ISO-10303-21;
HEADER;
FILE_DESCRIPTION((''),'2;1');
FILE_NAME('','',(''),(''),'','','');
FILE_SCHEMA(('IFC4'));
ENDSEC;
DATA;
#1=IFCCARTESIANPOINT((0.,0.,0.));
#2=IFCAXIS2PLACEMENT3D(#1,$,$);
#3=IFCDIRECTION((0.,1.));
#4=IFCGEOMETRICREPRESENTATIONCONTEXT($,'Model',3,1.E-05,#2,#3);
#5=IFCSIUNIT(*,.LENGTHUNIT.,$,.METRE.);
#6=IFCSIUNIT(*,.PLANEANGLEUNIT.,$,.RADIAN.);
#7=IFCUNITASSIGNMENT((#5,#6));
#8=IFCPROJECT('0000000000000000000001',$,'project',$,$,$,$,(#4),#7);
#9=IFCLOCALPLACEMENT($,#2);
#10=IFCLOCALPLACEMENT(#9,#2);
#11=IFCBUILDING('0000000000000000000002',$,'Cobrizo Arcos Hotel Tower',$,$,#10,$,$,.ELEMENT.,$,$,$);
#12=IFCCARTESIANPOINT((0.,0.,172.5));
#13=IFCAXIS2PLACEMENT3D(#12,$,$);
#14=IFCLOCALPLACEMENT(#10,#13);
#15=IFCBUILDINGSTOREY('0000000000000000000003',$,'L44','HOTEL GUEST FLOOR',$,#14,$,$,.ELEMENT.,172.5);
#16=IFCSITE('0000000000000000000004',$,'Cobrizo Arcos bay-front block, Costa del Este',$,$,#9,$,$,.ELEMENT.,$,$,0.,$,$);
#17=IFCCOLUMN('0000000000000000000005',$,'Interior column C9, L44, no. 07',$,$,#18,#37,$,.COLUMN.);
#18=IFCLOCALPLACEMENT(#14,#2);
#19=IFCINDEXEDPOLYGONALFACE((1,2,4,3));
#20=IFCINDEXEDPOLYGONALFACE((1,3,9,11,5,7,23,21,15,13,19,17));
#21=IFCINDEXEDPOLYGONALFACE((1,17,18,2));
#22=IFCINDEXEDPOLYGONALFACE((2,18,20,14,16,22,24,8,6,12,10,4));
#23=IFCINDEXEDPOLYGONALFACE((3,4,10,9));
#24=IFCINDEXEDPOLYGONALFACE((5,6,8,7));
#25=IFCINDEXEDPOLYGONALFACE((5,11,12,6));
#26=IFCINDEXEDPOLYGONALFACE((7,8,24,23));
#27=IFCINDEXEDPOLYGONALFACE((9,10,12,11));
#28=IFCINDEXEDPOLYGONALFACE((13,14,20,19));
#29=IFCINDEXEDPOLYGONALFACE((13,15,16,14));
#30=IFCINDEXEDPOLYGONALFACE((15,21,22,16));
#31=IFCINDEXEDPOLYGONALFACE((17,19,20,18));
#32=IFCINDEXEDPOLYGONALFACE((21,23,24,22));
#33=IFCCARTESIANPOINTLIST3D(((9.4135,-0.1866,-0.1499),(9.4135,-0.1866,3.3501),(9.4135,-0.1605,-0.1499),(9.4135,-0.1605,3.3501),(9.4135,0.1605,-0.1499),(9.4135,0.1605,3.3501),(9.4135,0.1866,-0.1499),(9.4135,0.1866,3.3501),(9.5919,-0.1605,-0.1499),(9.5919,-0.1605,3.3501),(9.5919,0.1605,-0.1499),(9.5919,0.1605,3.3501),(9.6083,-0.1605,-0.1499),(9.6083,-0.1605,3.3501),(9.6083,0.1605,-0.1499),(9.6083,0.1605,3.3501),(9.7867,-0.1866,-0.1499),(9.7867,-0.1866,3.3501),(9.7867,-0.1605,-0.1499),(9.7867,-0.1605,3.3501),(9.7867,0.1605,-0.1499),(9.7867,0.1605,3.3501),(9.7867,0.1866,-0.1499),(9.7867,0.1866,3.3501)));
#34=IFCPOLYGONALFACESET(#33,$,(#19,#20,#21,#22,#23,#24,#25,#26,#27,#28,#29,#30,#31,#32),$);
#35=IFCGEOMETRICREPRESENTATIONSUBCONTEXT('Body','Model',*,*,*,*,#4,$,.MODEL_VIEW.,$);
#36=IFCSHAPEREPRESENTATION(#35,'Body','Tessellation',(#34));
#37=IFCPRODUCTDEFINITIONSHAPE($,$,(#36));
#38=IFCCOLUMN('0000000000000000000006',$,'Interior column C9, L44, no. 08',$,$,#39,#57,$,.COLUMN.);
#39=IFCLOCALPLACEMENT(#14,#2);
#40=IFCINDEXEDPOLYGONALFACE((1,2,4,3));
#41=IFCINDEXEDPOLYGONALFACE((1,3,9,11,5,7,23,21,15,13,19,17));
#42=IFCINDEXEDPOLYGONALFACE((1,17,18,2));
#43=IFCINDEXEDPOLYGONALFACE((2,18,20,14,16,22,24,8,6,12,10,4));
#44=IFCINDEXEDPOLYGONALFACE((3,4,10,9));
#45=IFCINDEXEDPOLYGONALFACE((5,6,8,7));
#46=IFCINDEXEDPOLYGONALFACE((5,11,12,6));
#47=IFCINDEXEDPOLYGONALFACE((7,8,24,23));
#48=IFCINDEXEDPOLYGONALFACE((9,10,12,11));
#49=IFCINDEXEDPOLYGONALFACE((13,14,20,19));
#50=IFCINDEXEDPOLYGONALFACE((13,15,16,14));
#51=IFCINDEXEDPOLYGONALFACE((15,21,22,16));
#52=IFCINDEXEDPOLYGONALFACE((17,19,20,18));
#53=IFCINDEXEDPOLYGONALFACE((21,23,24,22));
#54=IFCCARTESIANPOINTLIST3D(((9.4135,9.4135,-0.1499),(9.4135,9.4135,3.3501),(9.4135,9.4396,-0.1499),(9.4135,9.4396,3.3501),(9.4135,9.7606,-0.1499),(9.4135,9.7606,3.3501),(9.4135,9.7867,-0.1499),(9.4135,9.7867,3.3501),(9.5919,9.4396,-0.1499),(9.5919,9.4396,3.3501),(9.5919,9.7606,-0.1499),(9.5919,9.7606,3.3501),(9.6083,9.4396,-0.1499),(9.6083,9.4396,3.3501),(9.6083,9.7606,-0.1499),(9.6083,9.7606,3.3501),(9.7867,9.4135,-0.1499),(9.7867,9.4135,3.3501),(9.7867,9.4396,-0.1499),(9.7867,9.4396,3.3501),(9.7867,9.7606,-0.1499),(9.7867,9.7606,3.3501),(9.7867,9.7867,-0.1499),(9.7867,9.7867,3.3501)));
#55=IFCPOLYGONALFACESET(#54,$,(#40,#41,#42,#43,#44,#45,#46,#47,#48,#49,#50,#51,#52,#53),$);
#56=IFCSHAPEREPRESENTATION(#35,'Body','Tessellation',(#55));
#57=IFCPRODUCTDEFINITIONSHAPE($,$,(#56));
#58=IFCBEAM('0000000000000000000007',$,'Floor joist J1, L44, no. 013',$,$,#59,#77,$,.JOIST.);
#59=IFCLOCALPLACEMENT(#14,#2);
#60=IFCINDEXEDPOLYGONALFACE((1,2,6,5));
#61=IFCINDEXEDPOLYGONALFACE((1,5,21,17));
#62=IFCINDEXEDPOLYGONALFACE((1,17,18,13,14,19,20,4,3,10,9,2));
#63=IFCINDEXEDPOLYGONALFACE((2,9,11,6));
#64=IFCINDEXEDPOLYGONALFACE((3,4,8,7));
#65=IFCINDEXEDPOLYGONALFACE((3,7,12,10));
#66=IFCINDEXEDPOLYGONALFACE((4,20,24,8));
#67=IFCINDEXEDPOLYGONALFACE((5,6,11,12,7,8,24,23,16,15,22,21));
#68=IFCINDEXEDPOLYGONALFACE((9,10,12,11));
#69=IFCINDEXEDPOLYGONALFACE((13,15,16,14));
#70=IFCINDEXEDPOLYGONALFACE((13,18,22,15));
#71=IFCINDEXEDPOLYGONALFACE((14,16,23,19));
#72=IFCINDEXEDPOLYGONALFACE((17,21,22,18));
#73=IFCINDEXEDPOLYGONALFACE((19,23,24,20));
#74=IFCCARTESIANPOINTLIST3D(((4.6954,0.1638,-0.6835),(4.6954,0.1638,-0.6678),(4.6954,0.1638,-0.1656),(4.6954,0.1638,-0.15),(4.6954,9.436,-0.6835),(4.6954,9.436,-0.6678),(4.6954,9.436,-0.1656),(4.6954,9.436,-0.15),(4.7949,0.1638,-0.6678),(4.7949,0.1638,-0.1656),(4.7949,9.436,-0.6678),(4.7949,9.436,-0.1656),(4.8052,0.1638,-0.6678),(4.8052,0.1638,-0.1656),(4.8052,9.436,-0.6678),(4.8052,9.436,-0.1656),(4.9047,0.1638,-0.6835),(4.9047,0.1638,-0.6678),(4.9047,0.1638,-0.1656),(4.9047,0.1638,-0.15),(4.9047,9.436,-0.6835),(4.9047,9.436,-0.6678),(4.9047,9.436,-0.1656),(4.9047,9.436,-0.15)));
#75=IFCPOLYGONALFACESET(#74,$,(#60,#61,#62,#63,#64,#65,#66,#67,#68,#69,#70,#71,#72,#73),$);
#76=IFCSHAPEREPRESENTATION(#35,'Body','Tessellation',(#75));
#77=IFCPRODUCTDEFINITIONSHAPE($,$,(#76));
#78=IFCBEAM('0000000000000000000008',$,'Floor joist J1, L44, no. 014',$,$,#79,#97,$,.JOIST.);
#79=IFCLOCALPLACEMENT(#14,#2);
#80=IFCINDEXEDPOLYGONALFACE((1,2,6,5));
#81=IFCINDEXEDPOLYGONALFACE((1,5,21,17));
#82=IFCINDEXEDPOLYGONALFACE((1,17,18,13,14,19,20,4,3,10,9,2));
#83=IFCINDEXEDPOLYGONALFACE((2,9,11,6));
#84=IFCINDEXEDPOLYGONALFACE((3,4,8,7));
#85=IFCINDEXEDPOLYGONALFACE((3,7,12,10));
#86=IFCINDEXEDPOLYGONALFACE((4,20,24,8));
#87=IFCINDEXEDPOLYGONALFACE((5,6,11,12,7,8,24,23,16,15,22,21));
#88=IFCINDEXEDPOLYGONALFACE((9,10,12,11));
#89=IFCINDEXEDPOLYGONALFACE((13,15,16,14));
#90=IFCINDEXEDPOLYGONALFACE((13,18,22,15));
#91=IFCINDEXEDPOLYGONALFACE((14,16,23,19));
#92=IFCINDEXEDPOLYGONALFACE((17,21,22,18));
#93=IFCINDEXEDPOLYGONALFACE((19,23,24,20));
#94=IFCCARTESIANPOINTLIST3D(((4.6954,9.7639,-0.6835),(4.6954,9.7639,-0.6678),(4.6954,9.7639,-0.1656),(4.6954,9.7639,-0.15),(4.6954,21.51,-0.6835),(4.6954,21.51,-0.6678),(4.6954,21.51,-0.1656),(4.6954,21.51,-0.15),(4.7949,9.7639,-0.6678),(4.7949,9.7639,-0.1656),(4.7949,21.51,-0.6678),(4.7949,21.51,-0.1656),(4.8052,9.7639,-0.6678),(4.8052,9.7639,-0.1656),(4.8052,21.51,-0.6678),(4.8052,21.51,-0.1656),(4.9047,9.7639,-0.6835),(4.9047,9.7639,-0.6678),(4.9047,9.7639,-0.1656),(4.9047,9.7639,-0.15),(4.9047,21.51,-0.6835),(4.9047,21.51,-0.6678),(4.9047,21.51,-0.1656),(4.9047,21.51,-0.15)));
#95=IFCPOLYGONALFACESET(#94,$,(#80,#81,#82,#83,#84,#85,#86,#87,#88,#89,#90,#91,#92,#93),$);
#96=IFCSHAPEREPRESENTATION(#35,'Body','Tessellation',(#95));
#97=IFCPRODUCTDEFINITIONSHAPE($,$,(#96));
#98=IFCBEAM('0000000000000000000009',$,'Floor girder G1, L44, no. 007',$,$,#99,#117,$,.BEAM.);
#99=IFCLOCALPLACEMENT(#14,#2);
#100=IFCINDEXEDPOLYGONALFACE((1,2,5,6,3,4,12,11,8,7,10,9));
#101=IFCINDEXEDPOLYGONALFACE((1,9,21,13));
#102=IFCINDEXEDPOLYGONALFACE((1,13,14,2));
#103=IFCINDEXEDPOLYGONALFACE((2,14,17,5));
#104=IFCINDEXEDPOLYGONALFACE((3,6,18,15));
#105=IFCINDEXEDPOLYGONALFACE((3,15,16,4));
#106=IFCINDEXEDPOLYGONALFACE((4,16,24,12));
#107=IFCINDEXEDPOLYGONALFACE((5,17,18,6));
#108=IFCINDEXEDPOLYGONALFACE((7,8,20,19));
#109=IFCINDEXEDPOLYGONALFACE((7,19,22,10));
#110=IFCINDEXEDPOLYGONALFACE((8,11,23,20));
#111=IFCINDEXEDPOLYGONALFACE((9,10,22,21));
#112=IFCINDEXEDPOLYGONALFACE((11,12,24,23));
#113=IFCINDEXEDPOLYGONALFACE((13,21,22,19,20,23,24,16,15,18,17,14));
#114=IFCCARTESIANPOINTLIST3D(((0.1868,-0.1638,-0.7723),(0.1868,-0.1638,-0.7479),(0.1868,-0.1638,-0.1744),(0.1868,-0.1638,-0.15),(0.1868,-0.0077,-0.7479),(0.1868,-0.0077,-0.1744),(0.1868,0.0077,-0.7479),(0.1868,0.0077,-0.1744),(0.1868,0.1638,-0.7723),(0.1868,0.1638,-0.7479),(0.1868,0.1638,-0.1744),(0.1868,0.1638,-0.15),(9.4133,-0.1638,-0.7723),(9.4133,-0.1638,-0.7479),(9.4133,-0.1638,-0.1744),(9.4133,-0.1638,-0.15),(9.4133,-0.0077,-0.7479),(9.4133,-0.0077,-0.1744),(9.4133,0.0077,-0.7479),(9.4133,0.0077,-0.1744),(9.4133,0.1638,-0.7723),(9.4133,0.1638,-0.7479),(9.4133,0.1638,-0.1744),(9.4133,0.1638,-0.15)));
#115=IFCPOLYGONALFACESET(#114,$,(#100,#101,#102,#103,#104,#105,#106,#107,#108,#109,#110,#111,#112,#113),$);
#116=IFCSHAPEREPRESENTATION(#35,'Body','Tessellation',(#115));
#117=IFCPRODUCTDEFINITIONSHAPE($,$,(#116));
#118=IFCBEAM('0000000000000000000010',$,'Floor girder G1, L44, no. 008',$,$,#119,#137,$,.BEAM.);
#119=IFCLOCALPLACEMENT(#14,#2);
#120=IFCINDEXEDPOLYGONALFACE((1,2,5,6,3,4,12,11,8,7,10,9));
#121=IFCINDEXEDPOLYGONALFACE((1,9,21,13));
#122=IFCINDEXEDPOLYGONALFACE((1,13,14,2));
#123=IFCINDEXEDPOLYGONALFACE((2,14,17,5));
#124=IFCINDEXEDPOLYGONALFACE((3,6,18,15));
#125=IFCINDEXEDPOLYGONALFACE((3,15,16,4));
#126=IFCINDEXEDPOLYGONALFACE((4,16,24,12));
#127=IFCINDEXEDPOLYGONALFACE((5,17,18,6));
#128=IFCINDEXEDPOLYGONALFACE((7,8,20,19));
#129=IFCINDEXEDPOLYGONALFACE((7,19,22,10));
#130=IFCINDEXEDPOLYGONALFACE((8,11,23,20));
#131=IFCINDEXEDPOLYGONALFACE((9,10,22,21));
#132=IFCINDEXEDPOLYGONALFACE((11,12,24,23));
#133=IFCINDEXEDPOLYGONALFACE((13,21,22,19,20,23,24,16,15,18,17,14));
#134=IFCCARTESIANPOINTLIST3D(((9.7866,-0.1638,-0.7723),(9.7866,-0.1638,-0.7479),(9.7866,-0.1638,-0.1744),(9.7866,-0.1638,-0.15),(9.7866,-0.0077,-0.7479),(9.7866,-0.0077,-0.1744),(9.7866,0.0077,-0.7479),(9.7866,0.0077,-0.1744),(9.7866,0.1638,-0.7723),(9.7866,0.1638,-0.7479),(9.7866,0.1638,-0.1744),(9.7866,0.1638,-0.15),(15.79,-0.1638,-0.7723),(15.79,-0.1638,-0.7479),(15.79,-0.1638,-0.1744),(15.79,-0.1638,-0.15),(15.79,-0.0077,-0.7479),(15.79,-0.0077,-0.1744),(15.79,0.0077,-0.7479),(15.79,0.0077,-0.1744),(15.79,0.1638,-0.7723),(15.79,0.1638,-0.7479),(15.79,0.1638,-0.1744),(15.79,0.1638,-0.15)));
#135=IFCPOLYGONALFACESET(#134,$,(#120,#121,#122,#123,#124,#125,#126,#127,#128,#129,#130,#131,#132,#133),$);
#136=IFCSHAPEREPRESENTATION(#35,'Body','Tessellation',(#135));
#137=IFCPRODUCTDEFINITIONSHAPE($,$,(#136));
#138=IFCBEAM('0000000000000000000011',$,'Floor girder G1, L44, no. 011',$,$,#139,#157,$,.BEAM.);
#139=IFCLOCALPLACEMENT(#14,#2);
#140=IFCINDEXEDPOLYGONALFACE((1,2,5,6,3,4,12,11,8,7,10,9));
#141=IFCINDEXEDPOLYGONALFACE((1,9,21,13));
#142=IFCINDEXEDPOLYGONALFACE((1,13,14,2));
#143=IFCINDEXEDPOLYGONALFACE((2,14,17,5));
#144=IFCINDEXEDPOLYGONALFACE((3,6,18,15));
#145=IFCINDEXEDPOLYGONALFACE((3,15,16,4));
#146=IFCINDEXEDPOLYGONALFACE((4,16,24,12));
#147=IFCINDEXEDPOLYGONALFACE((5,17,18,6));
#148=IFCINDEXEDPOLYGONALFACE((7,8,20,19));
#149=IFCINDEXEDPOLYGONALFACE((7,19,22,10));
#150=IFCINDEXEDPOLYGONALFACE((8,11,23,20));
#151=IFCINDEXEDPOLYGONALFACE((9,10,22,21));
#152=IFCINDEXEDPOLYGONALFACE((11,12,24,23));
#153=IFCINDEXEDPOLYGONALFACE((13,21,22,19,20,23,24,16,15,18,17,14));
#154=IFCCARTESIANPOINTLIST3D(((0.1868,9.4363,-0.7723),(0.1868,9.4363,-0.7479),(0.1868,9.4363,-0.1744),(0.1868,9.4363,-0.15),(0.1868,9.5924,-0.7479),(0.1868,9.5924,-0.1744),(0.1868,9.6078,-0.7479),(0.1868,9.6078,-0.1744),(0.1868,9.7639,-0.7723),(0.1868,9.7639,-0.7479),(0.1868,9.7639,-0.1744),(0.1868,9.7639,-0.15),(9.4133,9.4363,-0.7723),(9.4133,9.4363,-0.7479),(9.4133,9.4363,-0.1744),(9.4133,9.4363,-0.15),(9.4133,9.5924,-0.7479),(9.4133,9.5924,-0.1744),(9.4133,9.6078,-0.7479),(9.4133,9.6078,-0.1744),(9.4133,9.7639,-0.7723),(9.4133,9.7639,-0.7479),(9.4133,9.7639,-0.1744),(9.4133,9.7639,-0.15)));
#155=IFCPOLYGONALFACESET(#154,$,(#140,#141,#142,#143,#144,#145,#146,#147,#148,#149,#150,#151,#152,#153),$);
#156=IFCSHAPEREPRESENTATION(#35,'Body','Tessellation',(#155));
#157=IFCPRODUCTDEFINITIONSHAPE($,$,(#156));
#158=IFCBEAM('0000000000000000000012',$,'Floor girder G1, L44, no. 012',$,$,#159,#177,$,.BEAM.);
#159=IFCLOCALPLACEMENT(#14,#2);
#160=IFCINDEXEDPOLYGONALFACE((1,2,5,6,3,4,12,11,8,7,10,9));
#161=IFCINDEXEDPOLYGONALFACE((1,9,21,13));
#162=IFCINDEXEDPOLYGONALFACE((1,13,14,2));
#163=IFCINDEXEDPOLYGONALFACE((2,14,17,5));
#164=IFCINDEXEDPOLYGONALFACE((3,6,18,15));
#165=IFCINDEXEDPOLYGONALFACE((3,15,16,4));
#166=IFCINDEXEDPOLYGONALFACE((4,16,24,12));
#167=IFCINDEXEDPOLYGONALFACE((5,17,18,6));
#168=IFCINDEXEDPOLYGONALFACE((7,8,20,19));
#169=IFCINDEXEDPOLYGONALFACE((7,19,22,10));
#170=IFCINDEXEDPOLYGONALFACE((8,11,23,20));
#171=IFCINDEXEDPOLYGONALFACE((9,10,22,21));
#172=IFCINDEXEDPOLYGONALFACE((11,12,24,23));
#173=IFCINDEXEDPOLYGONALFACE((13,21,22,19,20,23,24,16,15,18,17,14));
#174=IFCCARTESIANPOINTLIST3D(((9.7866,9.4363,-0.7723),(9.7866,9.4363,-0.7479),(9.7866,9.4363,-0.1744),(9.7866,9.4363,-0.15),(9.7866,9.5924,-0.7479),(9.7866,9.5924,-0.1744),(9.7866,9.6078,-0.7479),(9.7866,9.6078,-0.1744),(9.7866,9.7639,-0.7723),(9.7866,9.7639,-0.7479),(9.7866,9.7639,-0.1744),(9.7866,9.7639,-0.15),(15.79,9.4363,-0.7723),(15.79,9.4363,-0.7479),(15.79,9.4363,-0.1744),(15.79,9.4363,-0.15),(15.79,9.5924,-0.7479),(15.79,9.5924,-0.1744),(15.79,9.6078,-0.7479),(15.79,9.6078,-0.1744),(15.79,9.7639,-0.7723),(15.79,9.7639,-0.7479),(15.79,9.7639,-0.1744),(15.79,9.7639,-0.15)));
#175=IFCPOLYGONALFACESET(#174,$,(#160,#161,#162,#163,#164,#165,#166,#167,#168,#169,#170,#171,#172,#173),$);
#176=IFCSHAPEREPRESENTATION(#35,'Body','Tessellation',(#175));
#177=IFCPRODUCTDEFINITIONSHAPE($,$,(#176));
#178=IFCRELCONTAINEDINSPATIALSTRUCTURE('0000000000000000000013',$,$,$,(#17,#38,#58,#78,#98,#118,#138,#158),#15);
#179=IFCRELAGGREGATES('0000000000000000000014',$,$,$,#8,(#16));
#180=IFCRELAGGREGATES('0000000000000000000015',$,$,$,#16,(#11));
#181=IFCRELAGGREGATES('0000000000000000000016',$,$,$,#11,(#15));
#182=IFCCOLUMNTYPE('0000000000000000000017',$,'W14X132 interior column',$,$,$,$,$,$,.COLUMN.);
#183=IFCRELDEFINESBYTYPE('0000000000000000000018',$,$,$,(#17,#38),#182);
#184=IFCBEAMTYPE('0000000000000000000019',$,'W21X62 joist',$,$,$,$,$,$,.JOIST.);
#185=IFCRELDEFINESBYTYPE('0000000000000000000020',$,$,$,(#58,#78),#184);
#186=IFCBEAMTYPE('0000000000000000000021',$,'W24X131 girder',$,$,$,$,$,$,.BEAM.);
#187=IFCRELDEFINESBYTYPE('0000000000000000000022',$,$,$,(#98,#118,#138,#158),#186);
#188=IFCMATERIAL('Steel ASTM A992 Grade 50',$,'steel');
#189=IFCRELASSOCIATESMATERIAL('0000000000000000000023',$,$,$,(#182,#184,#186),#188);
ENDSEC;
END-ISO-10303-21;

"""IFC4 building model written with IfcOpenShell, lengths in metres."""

from ifc_helpers import new_model, si_unit, direction, frame, origin, origin_2d, place, context, subcontext, project, spatial, i_section, extrude, material, material_profile, profile_set, type_object, element, save


model = new_model("IFC4")

# Units and contexts
model_context = context("Model", 3, precision=1e-05, world=origin(), true_north=direction((0.0, 1.0)))
body_context = subcontext(model_context, "Body", "Model", "MODEL_VIEW")
ifc_project = project(units=[si_unit("LENGTHUNIT", "METRE"), si_unit("PLANEANGLEUNIT", "RADIAN")], contexts=[model_context])

# Site, building, storey
site_placement = place(None, origin())
site = spatial("IfcSite", under=ifc_project, at=site_placement, Name="Cobrizo Arcos bay-front block, Costa del Este", CompositionType="ELEMENT", RefElevation=0.0)
building_placement = place(site_placement, origin())
building = spatial("IfcBuilding", under=site, at=building_placement, Name="Cobrizo Arcos Hotel Tower", CompositionType="ELEMENT")
storey_placement = place(building_placement, frame((0.0, 0.0, 172.5)))
storey = spatial("IfcBuildingStorey", under=building, at=storey_placement, Name="L44", Description="HOTEL GUEST FLOOR", CompositionType="ELEMENT", Elevation=172.5)

# Columns
ifc_material_1 = material(Name="Steel ASTM A992 Grade 50", Category="steel")
ifc_material_profile_1 = material_profile(ifc_material_1, i_section(OverallWidth=0.3733, OverallDepth=0.3733, WebThickness=0.0164, FlangeThickness=0.0261, at=origin_2d()), Name="W14X132")
ifc_profile_set_1 = profile_set([ifc_material_profile_1], Name="Steel ASTM A992 Grade 50")
column_type = type_object("IfcColumnType", Name="W14X132 interior column", PredefinedType="COLUMN", material=ifc_profile_set_1)
for number, where, z_axis, x_axis, name in (
    (1, (9.6001, 0.0, -0.1499), (0.0, 0.0, 1.0), (1.0, 0.0, 0.0), "Interior column C9, L44, no. 07"),
    (2, (9.6001, 9.6001, -0.1499), (0.0, 0.0, 1.0), (1.0, 0.0, 0.0), "Interior column C9, L44, no. 08"),
):
    element("IfcColumn", number, at=place(storey_placement, frame(where, z_axis=z_axis, x_axis=x_axis)), inside=storey, type_object=column_type, Name=name, PredefinedType="COLUMN", context=body_context, shape_type="SweptSolid", body=[
        extrude(i_section(OverallWidth=0.3733, OverallDepth=0.3733, WebThickness=0.0164, FlangeThickness=0.0261, at=origin_2d()), origin(), (0.0, 0.0, 1.0), 3.5),
    ])

# Beams
ifc_material_profile_2 = material_profile(ifc_material_1, i_section(OverallWidth=0.2092, OverallDepth=0.5334, WebThickness=0.0103, FlangeThickness=0.0156, at=origin_2d()), Name="W21X62")
ifc_profile_set_2 = profile_set([ifc_material_profile_2], Name="Steel ASTM A992 Grade 50")
beam_type_1 = type_object("IfcBeamType", Name="W21X62 joist", PredefinedType="JOIST", material=ifc_profile_set_2)
beam_1_placement = place(storey_placement, frame((4.8, 0.1638, -0.4167), z_axis=(0.0, 1.0, 0.0), x_axis=(-1.0, 0.0, 0.0)))
element("IfcBeam", 3, at=beam_1_placement, inside=storey, type_object=beam_type_1, Name="Floor joist J1, L44, no. 013", PredefinedType="JOIST", context=body_context, shape_type="SweptSolid", body=[
    extrude(i_section(OverallWidth=0.2092, OverallDepth=0.5334, WebThickness=0.0103, FlangeThickness=0.0156, at=origin_2d()), origin(), (0.0, 0.0, 1.0), 9.2722),
])
beam_2_placement = place(storey_placement, frame((4.8, 9.7639, -0.4167), z_axis=(0.0, 1.0, 0.0), x_axis=(-1.0, 0.0, 0.0)))
element("IfcBeam", 4, at=beam_2_placement, inside=storey, type_object=beam_type_1, Name="Floor joist J1, L44, no. 014", PredefinedType="JOIST", context=body_context, shape_type="SweptSolid", body=[
    extrude(i_section(OverallWidth=0.2092, OverallDepth=0.5334, WebThickness=0.0103, FlangeThickness=0.0156, at=origin_2d()), origin(), (0.0, 0.0, 1.0), 11.7461),
])
ifc_material_profile_3 = material_profile(ifc_material_1, i_section(OverallWidth=0.3276, OverallDepth=0.6223, WebThickness=0.0154, FlangeThickness=0.0244, at=origin_2d()), Name="W24X131")
ifc_profile_set_3 = profile_set([ifc_material_profile_3], Name="Steel ASTM A992 Grade 50")
beam_type_2 = type_object("IfcBeamType", Name="W24X131 girder", PredefinedType="BEAM", material=ifc_profile_set_3)
beam_3_placement = place(storey_placement, frame((0.1868, 0.0, -0.4612), z_axis=(1.0, 0.0, 0.0), x_axis=(0.0, 1.0, 0.0)))
element("IfcBeam", 5, at=beam_3_placement, inside=storey, type_object=beam_type_2, Name="Floor girder G1, L44, no. 007", PredefinedType="BEAM", context=body_context, shape_type="SweptSolid", body=[
    extrude(i_section(OverallWidth=0.3276, OverallDepth=0.6223, WebThickness=0.0154, FlangeThickness=0.0244, at=origin_2d()), origin(), (0.0, 0.0, 1.0), 9.2266),
])
beam_4_placement = place(storey_placement, frame((9.7866, 0.0, -0.4612), z_axis=(1.0, 0.0, 0.0), x_axis=(0.0, 1.0, 0.0)))
element("IfcBeam", 6, at=beam_4_placement, inside=storey, type_object=beam_type_2, Name="Floor girder G1, L44, no. 008", PredefinedType="BEAM", context=body_context, shape_type="SweptSolid", body=[
    extrude(i_section(OverallWidth=0.3276, OverallDepth=0.6223, WebThickness=0.0154, FlangeThickness=0.0244, at=origin_2d()), origin(), (0.0, 0.0, 1.0), 6.0034),
])
beam_5_placement = place(storey_placement, frame((0.1868, 9.6001, -0.4612), z_axis=(1.0, 0.0, 0.0), x_axis=(0.0, 1.0, 0.0)))
element("IfcBeam", 7, at=beam_5_placement, inside=storey, type_object=beam_type_2, Name="Floor girder G1, L44, no. 011", PredefinedType="BEAM", context=body_context, shape_type="SweptSolid", body=[
    extrude(i_section(OverallWidth=0.3276, OverallDepth=0.6223, WebThickness=0.0154, FlangeThickness=0.0244, at=origin_2d()), origin(), (0.0, 0.0, 1.0), 9.2266),
])
beam_6_placement = place(storey_placement, frame((9.7866, 9.6001, -0.4612), z_axis=(1.0, 0.0, 0.0), x_axis=(0.0, 1.0, 0.0)))
element("IfcBeam", 8, at=beam_6_placement, inside=storey, type_object=beam_type_2, Name="Floor girder G1, L44, no. 012", PredefinedType="BEAM", context=body_context, shape_type="SweptSolid", body=[
    extrude(i_section(OverallWidth=0.3276, OverallDepth=0.6223, WebThickness=0.0154, FlangeThickness=0.0244, at=origin_2d()), origin(), (0.0, 0.0, 1.0), 6.0034),
])

save(model, "model.ifc")
